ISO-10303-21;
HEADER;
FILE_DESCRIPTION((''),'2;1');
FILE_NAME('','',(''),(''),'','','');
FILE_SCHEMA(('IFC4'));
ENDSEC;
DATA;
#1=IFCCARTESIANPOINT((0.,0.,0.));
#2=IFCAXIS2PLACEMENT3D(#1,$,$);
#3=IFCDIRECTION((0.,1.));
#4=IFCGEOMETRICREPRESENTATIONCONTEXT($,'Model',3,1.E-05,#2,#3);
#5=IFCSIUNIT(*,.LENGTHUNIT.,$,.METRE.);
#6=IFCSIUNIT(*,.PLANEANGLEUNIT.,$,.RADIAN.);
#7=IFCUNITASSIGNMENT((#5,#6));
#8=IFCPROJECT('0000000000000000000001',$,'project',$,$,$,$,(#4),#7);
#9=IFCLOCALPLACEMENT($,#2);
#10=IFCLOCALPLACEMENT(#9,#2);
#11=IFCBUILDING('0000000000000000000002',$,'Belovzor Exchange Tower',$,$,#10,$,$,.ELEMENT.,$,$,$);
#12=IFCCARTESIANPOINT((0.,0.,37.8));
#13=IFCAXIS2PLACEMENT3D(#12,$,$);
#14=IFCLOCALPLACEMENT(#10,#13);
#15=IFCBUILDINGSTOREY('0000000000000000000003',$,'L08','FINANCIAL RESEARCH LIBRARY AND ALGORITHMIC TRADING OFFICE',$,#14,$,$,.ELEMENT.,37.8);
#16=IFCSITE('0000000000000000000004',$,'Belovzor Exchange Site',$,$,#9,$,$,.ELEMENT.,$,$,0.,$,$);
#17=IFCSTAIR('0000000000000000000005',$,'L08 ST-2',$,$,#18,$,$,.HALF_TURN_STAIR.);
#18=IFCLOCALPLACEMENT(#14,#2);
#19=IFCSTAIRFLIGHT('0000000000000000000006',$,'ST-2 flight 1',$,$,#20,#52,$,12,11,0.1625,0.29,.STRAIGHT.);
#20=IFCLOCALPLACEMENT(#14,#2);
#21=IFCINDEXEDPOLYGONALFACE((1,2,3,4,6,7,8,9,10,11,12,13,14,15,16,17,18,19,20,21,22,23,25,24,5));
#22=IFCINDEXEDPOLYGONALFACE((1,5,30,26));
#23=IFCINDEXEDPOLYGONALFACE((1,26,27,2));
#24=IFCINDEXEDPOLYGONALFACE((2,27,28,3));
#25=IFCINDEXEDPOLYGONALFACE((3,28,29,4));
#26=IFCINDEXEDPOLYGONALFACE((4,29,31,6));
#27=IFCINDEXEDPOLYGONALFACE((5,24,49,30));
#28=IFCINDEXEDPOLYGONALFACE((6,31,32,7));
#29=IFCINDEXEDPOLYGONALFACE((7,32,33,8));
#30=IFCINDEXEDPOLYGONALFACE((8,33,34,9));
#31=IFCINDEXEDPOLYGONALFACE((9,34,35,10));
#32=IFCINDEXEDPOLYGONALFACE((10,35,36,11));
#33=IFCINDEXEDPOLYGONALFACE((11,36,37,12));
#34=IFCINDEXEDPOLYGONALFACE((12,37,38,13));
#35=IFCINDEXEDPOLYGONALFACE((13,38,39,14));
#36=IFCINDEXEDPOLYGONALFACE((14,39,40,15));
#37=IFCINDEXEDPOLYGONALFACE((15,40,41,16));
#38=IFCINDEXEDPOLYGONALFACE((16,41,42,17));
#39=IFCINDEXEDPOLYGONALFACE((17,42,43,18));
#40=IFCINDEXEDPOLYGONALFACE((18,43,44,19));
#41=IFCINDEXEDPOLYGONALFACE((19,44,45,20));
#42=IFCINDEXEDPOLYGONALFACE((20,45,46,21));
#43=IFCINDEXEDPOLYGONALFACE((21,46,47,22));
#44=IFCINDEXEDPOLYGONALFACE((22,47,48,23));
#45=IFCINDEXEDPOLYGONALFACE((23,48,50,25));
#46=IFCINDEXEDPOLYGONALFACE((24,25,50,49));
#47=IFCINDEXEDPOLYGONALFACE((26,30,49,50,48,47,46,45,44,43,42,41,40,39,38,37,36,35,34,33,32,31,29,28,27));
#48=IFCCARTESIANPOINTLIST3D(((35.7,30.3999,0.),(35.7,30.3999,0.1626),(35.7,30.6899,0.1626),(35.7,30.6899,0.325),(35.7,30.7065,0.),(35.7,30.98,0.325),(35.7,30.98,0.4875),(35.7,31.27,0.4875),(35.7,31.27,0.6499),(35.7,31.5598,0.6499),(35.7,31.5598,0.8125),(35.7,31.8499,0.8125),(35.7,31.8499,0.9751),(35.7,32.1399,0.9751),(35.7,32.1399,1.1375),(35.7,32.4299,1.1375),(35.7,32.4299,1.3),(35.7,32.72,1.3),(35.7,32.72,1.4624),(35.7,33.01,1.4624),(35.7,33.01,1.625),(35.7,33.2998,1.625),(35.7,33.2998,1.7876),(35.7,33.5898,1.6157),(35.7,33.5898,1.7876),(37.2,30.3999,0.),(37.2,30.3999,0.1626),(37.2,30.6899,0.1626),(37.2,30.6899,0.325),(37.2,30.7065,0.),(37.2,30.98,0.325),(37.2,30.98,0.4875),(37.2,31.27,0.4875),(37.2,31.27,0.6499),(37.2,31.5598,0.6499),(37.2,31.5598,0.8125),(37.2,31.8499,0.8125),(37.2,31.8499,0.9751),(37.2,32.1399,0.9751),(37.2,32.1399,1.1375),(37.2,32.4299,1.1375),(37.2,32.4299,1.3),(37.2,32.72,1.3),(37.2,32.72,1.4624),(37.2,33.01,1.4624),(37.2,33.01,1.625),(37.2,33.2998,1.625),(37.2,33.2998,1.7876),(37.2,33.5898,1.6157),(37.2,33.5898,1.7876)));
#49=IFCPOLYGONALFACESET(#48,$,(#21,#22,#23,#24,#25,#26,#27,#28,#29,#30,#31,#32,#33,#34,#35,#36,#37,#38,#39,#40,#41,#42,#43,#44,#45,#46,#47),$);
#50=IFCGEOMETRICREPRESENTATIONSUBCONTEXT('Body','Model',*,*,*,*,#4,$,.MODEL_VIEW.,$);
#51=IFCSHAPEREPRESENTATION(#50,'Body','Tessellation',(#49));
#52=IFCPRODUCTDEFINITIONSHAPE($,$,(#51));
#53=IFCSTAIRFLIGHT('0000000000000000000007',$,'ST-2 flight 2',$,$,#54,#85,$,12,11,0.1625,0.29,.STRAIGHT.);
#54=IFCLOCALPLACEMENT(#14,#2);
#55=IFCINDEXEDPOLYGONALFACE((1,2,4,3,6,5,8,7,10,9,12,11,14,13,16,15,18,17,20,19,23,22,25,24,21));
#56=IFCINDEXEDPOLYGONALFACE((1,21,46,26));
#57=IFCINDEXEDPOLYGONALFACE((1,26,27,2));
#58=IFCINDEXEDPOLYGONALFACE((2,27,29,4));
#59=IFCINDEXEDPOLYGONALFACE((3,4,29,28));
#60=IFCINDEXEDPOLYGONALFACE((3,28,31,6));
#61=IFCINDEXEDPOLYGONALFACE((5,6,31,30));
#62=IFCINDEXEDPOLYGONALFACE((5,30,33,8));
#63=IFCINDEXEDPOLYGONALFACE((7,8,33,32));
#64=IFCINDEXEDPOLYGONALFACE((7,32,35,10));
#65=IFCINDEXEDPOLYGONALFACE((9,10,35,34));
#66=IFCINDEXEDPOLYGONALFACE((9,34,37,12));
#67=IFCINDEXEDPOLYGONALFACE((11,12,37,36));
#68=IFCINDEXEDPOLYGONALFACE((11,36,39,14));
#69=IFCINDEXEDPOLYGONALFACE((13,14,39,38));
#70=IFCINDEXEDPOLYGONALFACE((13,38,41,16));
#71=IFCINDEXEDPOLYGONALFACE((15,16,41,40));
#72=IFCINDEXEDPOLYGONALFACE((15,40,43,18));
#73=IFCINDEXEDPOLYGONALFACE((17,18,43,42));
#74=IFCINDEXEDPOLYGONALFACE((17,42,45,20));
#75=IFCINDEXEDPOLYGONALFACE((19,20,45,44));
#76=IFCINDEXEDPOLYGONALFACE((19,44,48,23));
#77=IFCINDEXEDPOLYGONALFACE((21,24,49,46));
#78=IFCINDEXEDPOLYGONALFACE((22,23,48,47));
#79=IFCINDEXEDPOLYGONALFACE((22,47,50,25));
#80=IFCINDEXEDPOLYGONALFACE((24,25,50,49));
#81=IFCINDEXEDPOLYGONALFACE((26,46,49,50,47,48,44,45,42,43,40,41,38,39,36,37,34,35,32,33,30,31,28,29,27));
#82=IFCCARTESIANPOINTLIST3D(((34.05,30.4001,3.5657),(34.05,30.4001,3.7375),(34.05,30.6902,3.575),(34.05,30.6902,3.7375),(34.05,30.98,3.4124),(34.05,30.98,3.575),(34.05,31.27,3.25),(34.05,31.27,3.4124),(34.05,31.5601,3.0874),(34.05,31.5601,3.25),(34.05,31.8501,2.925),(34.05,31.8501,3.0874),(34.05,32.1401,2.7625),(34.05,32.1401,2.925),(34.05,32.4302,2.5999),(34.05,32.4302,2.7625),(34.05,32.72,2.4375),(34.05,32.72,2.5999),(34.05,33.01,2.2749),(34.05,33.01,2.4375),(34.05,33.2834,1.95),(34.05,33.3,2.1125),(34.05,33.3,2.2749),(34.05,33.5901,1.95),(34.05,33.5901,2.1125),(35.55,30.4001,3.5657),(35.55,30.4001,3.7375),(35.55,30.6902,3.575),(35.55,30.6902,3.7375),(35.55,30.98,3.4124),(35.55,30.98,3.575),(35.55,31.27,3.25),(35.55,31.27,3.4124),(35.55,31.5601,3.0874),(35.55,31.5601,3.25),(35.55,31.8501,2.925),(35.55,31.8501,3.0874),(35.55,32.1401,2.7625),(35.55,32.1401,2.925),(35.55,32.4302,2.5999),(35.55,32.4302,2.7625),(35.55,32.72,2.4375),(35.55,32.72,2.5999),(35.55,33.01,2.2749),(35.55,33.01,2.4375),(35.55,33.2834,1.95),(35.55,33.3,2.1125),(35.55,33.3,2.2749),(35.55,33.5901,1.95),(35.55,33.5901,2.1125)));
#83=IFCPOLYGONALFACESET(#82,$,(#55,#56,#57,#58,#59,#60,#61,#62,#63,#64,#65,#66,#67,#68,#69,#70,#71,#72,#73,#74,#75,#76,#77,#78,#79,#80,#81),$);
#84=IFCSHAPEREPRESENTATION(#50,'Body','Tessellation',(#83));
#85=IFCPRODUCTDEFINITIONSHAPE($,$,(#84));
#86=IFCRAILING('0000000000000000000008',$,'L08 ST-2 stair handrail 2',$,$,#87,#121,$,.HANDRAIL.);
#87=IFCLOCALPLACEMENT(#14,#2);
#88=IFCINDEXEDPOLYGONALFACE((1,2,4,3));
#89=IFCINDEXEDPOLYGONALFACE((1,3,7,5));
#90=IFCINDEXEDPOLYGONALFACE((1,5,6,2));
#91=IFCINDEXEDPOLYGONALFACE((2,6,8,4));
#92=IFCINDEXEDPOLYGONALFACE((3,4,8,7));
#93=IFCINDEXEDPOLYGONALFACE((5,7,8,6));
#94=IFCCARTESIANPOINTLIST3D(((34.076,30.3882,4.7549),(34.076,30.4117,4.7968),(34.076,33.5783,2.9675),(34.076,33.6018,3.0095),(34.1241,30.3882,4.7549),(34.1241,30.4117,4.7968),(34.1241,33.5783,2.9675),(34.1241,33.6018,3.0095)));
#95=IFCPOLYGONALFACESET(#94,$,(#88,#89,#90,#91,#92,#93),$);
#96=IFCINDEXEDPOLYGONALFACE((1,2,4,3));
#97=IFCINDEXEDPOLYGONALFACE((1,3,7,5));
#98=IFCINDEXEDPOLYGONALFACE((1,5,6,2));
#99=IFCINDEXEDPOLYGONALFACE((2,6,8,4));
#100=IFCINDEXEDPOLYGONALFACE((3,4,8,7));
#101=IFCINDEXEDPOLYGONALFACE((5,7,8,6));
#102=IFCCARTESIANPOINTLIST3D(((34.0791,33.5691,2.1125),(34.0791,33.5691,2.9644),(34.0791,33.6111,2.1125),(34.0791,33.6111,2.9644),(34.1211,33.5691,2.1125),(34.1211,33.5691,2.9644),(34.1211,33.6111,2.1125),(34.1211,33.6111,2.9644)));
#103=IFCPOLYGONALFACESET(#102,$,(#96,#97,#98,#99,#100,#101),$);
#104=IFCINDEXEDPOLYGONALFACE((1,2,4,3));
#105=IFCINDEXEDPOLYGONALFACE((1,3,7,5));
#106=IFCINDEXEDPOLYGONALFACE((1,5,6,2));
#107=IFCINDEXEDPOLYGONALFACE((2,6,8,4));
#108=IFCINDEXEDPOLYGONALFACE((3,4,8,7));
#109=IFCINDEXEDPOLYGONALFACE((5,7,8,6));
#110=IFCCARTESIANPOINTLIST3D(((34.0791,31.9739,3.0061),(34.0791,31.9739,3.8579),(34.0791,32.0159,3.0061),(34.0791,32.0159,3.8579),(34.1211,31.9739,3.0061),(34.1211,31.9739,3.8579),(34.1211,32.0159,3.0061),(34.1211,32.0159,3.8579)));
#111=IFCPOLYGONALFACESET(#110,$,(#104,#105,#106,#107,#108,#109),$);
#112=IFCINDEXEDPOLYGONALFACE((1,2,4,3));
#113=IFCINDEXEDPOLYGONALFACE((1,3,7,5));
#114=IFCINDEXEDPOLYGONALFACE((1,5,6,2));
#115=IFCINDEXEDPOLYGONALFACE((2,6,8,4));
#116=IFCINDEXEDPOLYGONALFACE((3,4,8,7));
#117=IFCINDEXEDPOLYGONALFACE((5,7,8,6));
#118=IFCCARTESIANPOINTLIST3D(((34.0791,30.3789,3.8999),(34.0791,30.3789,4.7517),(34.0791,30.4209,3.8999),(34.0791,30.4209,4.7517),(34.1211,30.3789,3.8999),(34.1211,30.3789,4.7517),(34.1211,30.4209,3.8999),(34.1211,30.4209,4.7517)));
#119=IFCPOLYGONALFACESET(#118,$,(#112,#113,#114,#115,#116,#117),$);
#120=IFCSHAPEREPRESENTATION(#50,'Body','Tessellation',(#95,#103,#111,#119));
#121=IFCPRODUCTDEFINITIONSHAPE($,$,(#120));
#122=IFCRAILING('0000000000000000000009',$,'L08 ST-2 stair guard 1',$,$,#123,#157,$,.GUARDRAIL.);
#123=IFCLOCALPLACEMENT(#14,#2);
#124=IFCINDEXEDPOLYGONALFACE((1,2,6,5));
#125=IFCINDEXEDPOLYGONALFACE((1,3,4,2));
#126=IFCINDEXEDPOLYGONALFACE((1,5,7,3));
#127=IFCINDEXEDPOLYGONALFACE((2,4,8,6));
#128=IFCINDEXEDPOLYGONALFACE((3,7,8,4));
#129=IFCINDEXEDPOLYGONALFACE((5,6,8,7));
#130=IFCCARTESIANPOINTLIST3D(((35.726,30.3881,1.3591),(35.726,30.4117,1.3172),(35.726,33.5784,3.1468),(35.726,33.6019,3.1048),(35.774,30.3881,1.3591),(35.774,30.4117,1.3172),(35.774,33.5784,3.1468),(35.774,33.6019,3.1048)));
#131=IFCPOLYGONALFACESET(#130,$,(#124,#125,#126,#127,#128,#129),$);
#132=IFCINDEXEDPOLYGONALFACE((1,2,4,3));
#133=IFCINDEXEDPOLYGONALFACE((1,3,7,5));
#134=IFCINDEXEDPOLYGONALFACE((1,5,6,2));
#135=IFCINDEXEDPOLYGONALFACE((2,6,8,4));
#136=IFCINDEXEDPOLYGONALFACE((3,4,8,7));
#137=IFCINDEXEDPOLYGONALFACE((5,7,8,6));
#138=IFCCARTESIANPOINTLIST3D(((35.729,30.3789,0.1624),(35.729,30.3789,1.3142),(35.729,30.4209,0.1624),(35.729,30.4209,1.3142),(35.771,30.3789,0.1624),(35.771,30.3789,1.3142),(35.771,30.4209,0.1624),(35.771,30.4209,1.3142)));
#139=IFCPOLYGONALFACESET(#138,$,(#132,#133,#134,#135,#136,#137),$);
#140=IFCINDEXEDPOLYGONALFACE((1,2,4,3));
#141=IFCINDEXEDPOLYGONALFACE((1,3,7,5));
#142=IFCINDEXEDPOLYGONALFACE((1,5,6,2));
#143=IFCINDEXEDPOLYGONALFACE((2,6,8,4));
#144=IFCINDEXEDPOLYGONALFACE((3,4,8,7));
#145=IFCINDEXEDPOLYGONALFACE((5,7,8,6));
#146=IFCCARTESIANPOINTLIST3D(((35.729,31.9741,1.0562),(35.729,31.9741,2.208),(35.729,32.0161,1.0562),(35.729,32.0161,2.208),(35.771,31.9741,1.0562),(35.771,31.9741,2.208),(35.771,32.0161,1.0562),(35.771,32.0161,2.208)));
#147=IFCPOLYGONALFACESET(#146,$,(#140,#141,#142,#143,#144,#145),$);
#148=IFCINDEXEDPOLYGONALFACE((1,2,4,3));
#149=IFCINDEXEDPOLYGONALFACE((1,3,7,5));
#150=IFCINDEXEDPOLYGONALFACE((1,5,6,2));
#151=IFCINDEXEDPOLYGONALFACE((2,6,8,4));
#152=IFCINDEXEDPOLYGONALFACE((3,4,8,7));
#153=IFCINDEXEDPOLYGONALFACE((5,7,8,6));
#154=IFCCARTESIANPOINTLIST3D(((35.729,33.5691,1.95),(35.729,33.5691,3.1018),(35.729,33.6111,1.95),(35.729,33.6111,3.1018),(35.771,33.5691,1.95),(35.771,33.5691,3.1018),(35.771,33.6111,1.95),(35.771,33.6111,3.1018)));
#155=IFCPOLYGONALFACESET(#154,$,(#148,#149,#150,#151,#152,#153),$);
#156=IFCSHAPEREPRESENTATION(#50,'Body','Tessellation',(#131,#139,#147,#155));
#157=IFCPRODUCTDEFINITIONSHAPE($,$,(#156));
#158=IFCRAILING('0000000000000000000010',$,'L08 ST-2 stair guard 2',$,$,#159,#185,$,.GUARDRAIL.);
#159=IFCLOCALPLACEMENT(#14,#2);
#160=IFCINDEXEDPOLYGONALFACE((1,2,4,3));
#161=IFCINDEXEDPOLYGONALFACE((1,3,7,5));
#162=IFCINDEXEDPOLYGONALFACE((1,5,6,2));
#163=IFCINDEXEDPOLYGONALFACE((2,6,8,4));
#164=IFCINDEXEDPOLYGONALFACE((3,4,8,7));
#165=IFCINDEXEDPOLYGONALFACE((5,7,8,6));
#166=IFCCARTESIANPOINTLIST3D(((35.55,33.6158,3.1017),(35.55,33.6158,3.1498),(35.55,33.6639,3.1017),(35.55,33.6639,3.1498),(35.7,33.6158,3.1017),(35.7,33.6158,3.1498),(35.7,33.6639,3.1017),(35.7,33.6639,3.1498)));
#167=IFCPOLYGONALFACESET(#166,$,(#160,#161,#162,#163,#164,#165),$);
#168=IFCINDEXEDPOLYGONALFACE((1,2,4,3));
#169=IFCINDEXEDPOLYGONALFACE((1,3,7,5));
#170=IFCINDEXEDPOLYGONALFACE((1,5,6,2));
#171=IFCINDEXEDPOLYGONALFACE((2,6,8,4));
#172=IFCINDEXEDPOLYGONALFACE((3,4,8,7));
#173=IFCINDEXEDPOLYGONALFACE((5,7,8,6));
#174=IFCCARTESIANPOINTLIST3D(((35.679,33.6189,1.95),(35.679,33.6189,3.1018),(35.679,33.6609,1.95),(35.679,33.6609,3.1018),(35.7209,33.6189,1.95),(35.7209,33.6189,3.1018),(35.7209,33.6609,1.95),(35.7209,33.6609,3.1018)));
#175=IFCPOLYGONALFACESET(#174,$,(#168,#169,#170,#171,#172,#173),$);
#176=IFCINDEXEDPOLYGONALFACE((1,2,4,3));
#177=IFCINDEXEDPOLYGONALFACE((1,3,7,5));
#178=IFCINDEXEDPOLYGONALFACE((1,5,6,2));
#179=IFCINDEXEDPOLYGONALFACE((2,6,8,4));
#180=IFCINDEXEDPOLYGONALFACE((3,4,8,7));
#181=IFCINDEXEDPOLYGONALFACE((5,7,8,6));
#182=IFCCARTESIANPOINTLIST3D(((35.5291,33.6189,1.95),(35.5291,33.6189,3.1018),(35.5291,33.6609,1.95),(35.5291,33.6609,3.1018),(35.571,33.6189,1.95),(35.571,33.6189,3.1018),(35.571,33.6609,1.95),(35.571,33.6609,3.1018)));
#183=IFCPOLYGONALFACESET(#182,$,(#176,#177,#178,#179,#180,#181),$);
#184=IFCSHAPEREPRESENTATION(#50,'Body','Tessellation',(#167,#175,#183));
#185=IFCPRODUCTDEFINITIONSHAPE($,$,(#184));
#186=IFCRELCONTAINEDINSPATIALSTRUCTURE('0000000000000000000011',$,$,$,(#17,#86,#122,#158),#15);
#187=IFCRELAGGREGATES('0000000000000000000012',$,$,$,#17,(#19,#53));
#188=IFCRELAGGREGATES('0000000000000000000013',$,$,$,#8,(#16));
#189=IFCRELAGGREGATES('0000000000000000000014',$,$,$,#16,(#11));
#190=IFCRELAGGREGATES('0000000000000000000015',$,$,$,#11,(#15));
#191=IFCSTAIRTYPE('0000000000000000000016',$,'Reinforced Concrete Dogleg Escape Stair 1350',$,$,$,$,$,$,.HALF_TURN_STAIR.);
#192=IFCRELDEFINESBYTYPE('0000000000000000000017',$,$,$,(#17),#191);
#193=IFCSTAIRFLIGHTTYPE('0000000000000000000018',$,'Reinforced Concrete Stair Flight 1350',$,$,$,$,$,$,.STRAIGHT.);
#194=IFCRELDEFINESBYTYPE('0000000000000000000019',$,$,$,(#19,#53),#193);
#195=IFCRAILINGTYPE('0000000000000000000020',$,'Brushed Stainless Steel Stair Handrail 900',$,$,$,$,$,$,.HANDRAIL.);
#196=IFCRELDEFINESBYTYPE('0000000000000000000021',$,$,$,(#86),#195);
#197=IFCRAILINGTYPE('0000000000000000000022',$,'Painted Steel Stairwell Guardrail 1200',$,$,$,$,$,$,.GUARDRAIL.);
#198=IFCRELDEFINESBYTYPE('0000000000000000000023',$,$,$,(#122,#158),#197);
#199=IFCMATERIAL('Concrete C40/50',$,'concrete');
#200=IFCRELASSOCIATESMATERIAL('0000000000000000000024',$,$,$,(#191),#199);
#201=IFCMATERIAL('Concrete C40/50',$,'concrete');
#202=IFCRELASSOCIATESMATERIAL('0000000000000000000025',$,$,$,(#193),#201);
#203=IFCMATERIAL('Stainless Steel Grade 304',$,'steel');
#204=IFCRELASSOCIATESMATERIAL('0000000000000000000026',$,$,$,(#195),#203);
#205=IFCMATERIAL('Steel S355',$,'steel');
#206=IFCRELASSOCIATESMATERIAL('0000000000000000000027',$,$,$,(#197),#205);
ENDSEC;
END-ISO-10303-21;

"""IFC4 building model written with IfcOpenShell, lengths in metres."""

from ifc_helpers import new_model, si_unit, direction, frame, origin, origin_2d, place, context, subcontext, project, spatial, polyline, rectangle, outline, extrude, material, type_object, element, aggregate, save


model = new_model("IFC4")

# Units and contexts
model_context = context("Model", 3, precision=1e-05, world=origin(), true_north=direction((0.0, 1.0)))
body_context = subcontext(model_context, "Body", "Model", "MODEL_VIEW")
ifc_project = project(units=[si_unit("LENGTHUNIT", "METRE"), si_unit("PLANEANGLEUNIT", "RADIAN")], contexts=[model_context])

# Site, building, storey
site_placement = place(None, origin())
site = spatial("IfcSite", under=ifc_project, at=site_placement, Name="Belovzor Exchange Site", CompositionType="ELEMENT", RefElevation=0.0)
building_placement = place(site_placement, origin())
building = spatial("IfcBuilding", under=site, at=building_placement, Name="Belovzor Exchange Tower", CompositionType="ELEMENT")
storey_placement = place(building_placement, frame((0.0, 0.0, 37.8)))
storey = spatial("IfcBuildingStorey", under=building, at=storey_placement, Name="L08", Description="FINANCIAL RESEARCH LIBRARY AND ALGORITHMIC TRADING OFFICE", CompositionType="ELEMENT", Elevation=37.8)

# Stair, stair flights
ifc_material_1 = material(Name="Concrete C40/50", Category="concrete")
stair_type = type_object("IfcStairType", Name="Reinforced Concrete Dogleg Escape Stair 1350", PredefinedType="HALF_TURN_STAIR", material=ifc_material_1)
stair_placement = place(storey_placement, origin())
stair = element("IfcStair", 1, at=stair_placement, inside=storey, type_object=stair_type, Name="L08 ST-2", PredefinedType="HALF_TURN_STAIR")
ifc_material_2 = material(Name="Concrete C40/50", Category="concrete")
stair_flight_type = type_object("IfcStairFlightType", Name="Reinforced Concrete Stair Flight 1350", PredefinedType="STRAIGHT", material=ifc_material_2)
stair_flight_1_placement = place(storey_placement, frame((36.45, 30.3999, 0.0), z_axis=(0.0, 0.0, 1.0), x_axis=(0.0, 1.0, 0.0)))
stair_flight_1 = element("IfcStairFlight", 2, at=stair_flight_1_placement, type_object=stair_flight_type, Name="ST-2 flight 1", NumberOfRisers=12, NumberOfTreads=11, PredefinedType="STRAIGHT", RiserHeight=0.1625, TreadLength=0.29, context=body_context, shape_type="SweptSolid", body=[
    extrude(outline(polyline([(0.0, 0.0), (0.0, 0.1626), (0.29, 0.1626), (0.29, 0.325), (0.5801, 0.325), (0.5801, 0.4875), (0.8701, 0.4875), (0.8701, 0.6499), (1.1599, 0.6499), (1.1599, 0.8125), (1.45, 0.8125), (1.45, 0.9751), (1.74, 0.9751), (1.74, 1.1375), (2.03, 1.1375), (2.03, 1.3), (2.3201, 1.3), (2.3201, 1.4624), (2.6101, 1.4624), (2.6101, 1.625), (2.8999, 1.625), (2.8999, 1.7876), (3.1899, 1.7876), (3.1899, 1.95), (3.1899, 1.6157), (0.3066, 0.0), (0.0, 0.0)])), frame((0.0, 0.75, 0.0), z_axis=(0.0, -1.0, 0.0), x_axis=(1.0, 0.0, 0.0)), (0.0, 0.0, 1.0), 1.5),
])
stair_flight_2_placement = place(storey_placement, frame((34.8, 33.5901, 1.95), z_axis=(0.0, 0.0, 1.0), x_axis=(0.0, -1.0, 0.0)))
stair_flight_2 = element("IfcStairFlight", 3, at=stair_flight_2_placement, type_object=stair_flight_type, Name="ST-2 flight 2", NumberOfRisers=12, NumberOfTreads=11, PredefinedType="STRAIGHT", RiserHeight=0.1625, TreadLength=0.29, context=body_context, shape_type="SweptSolid", body=[
    extrude(outline(polyline([(0.0, 0.0), (0.0, 0.1626), (0.29, 0.1626), (0.29, 0.325), (0.5801, 0.325), (0.5801, 0.4875), (0.8701, 0.4875), (0.8701, 0.6499), (1.1599, 0.6499), (1.1599, 0.8125), (1.45, 0.8125), (1.45, 0.9751), (1.74, 0.9751), (1.74, 1.1375), (2.03, 1.1375), (2.03, 1.3), (2.3201, 1.3), (2.3201, 1.4624), (2.6101, 1.4624), (2.6101, 1.625), (2.8999, 1.625), (2.8999, 1.7876), (3.1899, 1.7876), (3.1899, 1.95), (3.1899, 1.6157), (0.3066, 0.0), (0.0, 0.0)])), frame((0.0, 0.75, 0.0), z_axis=(0.0, -1.0, 0.0), x_axis=(1.0, 0.0, 0.0)), (0.0, 0.0, 1.0), 1.5),
])
aggregate(stair, [stair_flight_1, stair_flight_2])

# Railings
ifc_material_3 = material(Name="Stainless Steel Grade 304", Category="steel")
railing_type_1 = type_object("IfcRailingType", Name="Brushed Stainless Steel Stair Handrail 900", PredefinedType="HANDRAIL", material=ifc_material_3)
railing_1_placement = place(storey_placement, frame((34.1001, 33.5901, 2.1125)))
element("IfcRailing", 4, at=railing_1_placement, inside=storey, type_object=railing_type_1, Name="L08 ST-2 stair handrail 2", PredefinedType="HANDRAIL", context=body_context, shape_type="SweptSolid", body=[
    extrude(rectangle(XDim=0.0481, YDim=0.0481, at=origin_2d()), frame((0.0, 0.0, 0.876), z_axis=(0.0, -0.872407, 0.48878), x_axis=(1.0, 0.0, 0.0)), (0.0, 0.0, 1.0), 3.6567),
    extrude(rectangle(XDim=0.042, YDim=0.042, at=origin_2d()), origin(), (0.0, 0.0, 1.0), 0.8518),
    extrude(rectangle(XDim=0.042, YDim=0.042, at=origin_2d()), frame((0.0, -1.5952, 0.8936)), (0.0, 0.0, 1.0), 0.8518),
    extrude(rectangle(XDim=0.042, YDim=0.042, at=origin_2d()), frame((0.0, -3.1902, 1.7874)), (0.0, 0.0, 1.0), 0.8518),
])
ifc_material_4 = material(Name="Steel S355", Category="steel")
railing_type_2 = type_object("IfcRailingType", Name="Painted Steel Stairwell Guardrail 1200", PredefinedType="GUARDRAIL", material=ifc_material_4)
railing_2_placement = place(storey_placement, frame((35.75, 30.3999, 0.1624)))
element("IfcRailing", 5, at=railing_2_placement, inside=storey, type_object=railing_type_2, Name="L08 ST-2 stair guard 1", PredefinedType="GUARDRAIL", context=body_context, shape_type="SweptSolid", body=[
    extrude(rectangle(XDim=0.0481, YDim=0.0481, at=origin_2d()), frame((0.0, 0.0, 1.1758), z_axis=(0.0, 0.872378, 0.488831), x_axis=(-1.0, 0.0, 0.0)), (0.0, 0.0, 1.0), 3.657),
    extrude(rectangle(XDim=0.042, YDim=0.042, at=origin_2d()), origin(), (0.0, 0.0, 1.0), 1.1519),
    extrude(rectangle(XDim=0.042, YDim=0.042, at=origin_2d()), frame((0.0, 1.5952, 0.8938)), (0.0, 0.0, 1.0), 1.1519),
    extrude(rectangle(XDim=0.042, YDim=0.042, at=origin_2d()), frame((0.0, 3.1902, 1.7876)), (0.0, 0.0, 1.0), 1.1519),
])
railing_3_placement = place(storey_placement, frame((35.7, 33.6399, 1.95)))
element("IfcRailing", 6, at=railing_3_placement, inside=storey, type_object=railing_type_2, Name="L08 ST-2 stair guard 2", PredefinedType="GUARDRAIL", context=body_context, shape_type="SweptSolid", body=[
    extrude(rectangle(XDim=0.0481, YDim=0.0481, at=origin_2d()), frame((0.0, 0.0, 1.1758), z_axis=(-1.0, 0.0, 0.0), x_axis=(0.0, -1.0, 0.0)), (0.0, 0.0, 1.0), 0.1499),
    extrude(rectangle(XDim=0.042, YDim=0.042, at=origin_2d()), origin(), (0.0, 0.0, 1.0), 1.1519),
    extrude(rectangle(XDim=0.042, YDim=0.042, at=origin_2d()), frame((-0.1499, 0.0, 0.0)), (0.0, 0.0, 1.0), 1.1519),
])

save(model, "model.ifc")
